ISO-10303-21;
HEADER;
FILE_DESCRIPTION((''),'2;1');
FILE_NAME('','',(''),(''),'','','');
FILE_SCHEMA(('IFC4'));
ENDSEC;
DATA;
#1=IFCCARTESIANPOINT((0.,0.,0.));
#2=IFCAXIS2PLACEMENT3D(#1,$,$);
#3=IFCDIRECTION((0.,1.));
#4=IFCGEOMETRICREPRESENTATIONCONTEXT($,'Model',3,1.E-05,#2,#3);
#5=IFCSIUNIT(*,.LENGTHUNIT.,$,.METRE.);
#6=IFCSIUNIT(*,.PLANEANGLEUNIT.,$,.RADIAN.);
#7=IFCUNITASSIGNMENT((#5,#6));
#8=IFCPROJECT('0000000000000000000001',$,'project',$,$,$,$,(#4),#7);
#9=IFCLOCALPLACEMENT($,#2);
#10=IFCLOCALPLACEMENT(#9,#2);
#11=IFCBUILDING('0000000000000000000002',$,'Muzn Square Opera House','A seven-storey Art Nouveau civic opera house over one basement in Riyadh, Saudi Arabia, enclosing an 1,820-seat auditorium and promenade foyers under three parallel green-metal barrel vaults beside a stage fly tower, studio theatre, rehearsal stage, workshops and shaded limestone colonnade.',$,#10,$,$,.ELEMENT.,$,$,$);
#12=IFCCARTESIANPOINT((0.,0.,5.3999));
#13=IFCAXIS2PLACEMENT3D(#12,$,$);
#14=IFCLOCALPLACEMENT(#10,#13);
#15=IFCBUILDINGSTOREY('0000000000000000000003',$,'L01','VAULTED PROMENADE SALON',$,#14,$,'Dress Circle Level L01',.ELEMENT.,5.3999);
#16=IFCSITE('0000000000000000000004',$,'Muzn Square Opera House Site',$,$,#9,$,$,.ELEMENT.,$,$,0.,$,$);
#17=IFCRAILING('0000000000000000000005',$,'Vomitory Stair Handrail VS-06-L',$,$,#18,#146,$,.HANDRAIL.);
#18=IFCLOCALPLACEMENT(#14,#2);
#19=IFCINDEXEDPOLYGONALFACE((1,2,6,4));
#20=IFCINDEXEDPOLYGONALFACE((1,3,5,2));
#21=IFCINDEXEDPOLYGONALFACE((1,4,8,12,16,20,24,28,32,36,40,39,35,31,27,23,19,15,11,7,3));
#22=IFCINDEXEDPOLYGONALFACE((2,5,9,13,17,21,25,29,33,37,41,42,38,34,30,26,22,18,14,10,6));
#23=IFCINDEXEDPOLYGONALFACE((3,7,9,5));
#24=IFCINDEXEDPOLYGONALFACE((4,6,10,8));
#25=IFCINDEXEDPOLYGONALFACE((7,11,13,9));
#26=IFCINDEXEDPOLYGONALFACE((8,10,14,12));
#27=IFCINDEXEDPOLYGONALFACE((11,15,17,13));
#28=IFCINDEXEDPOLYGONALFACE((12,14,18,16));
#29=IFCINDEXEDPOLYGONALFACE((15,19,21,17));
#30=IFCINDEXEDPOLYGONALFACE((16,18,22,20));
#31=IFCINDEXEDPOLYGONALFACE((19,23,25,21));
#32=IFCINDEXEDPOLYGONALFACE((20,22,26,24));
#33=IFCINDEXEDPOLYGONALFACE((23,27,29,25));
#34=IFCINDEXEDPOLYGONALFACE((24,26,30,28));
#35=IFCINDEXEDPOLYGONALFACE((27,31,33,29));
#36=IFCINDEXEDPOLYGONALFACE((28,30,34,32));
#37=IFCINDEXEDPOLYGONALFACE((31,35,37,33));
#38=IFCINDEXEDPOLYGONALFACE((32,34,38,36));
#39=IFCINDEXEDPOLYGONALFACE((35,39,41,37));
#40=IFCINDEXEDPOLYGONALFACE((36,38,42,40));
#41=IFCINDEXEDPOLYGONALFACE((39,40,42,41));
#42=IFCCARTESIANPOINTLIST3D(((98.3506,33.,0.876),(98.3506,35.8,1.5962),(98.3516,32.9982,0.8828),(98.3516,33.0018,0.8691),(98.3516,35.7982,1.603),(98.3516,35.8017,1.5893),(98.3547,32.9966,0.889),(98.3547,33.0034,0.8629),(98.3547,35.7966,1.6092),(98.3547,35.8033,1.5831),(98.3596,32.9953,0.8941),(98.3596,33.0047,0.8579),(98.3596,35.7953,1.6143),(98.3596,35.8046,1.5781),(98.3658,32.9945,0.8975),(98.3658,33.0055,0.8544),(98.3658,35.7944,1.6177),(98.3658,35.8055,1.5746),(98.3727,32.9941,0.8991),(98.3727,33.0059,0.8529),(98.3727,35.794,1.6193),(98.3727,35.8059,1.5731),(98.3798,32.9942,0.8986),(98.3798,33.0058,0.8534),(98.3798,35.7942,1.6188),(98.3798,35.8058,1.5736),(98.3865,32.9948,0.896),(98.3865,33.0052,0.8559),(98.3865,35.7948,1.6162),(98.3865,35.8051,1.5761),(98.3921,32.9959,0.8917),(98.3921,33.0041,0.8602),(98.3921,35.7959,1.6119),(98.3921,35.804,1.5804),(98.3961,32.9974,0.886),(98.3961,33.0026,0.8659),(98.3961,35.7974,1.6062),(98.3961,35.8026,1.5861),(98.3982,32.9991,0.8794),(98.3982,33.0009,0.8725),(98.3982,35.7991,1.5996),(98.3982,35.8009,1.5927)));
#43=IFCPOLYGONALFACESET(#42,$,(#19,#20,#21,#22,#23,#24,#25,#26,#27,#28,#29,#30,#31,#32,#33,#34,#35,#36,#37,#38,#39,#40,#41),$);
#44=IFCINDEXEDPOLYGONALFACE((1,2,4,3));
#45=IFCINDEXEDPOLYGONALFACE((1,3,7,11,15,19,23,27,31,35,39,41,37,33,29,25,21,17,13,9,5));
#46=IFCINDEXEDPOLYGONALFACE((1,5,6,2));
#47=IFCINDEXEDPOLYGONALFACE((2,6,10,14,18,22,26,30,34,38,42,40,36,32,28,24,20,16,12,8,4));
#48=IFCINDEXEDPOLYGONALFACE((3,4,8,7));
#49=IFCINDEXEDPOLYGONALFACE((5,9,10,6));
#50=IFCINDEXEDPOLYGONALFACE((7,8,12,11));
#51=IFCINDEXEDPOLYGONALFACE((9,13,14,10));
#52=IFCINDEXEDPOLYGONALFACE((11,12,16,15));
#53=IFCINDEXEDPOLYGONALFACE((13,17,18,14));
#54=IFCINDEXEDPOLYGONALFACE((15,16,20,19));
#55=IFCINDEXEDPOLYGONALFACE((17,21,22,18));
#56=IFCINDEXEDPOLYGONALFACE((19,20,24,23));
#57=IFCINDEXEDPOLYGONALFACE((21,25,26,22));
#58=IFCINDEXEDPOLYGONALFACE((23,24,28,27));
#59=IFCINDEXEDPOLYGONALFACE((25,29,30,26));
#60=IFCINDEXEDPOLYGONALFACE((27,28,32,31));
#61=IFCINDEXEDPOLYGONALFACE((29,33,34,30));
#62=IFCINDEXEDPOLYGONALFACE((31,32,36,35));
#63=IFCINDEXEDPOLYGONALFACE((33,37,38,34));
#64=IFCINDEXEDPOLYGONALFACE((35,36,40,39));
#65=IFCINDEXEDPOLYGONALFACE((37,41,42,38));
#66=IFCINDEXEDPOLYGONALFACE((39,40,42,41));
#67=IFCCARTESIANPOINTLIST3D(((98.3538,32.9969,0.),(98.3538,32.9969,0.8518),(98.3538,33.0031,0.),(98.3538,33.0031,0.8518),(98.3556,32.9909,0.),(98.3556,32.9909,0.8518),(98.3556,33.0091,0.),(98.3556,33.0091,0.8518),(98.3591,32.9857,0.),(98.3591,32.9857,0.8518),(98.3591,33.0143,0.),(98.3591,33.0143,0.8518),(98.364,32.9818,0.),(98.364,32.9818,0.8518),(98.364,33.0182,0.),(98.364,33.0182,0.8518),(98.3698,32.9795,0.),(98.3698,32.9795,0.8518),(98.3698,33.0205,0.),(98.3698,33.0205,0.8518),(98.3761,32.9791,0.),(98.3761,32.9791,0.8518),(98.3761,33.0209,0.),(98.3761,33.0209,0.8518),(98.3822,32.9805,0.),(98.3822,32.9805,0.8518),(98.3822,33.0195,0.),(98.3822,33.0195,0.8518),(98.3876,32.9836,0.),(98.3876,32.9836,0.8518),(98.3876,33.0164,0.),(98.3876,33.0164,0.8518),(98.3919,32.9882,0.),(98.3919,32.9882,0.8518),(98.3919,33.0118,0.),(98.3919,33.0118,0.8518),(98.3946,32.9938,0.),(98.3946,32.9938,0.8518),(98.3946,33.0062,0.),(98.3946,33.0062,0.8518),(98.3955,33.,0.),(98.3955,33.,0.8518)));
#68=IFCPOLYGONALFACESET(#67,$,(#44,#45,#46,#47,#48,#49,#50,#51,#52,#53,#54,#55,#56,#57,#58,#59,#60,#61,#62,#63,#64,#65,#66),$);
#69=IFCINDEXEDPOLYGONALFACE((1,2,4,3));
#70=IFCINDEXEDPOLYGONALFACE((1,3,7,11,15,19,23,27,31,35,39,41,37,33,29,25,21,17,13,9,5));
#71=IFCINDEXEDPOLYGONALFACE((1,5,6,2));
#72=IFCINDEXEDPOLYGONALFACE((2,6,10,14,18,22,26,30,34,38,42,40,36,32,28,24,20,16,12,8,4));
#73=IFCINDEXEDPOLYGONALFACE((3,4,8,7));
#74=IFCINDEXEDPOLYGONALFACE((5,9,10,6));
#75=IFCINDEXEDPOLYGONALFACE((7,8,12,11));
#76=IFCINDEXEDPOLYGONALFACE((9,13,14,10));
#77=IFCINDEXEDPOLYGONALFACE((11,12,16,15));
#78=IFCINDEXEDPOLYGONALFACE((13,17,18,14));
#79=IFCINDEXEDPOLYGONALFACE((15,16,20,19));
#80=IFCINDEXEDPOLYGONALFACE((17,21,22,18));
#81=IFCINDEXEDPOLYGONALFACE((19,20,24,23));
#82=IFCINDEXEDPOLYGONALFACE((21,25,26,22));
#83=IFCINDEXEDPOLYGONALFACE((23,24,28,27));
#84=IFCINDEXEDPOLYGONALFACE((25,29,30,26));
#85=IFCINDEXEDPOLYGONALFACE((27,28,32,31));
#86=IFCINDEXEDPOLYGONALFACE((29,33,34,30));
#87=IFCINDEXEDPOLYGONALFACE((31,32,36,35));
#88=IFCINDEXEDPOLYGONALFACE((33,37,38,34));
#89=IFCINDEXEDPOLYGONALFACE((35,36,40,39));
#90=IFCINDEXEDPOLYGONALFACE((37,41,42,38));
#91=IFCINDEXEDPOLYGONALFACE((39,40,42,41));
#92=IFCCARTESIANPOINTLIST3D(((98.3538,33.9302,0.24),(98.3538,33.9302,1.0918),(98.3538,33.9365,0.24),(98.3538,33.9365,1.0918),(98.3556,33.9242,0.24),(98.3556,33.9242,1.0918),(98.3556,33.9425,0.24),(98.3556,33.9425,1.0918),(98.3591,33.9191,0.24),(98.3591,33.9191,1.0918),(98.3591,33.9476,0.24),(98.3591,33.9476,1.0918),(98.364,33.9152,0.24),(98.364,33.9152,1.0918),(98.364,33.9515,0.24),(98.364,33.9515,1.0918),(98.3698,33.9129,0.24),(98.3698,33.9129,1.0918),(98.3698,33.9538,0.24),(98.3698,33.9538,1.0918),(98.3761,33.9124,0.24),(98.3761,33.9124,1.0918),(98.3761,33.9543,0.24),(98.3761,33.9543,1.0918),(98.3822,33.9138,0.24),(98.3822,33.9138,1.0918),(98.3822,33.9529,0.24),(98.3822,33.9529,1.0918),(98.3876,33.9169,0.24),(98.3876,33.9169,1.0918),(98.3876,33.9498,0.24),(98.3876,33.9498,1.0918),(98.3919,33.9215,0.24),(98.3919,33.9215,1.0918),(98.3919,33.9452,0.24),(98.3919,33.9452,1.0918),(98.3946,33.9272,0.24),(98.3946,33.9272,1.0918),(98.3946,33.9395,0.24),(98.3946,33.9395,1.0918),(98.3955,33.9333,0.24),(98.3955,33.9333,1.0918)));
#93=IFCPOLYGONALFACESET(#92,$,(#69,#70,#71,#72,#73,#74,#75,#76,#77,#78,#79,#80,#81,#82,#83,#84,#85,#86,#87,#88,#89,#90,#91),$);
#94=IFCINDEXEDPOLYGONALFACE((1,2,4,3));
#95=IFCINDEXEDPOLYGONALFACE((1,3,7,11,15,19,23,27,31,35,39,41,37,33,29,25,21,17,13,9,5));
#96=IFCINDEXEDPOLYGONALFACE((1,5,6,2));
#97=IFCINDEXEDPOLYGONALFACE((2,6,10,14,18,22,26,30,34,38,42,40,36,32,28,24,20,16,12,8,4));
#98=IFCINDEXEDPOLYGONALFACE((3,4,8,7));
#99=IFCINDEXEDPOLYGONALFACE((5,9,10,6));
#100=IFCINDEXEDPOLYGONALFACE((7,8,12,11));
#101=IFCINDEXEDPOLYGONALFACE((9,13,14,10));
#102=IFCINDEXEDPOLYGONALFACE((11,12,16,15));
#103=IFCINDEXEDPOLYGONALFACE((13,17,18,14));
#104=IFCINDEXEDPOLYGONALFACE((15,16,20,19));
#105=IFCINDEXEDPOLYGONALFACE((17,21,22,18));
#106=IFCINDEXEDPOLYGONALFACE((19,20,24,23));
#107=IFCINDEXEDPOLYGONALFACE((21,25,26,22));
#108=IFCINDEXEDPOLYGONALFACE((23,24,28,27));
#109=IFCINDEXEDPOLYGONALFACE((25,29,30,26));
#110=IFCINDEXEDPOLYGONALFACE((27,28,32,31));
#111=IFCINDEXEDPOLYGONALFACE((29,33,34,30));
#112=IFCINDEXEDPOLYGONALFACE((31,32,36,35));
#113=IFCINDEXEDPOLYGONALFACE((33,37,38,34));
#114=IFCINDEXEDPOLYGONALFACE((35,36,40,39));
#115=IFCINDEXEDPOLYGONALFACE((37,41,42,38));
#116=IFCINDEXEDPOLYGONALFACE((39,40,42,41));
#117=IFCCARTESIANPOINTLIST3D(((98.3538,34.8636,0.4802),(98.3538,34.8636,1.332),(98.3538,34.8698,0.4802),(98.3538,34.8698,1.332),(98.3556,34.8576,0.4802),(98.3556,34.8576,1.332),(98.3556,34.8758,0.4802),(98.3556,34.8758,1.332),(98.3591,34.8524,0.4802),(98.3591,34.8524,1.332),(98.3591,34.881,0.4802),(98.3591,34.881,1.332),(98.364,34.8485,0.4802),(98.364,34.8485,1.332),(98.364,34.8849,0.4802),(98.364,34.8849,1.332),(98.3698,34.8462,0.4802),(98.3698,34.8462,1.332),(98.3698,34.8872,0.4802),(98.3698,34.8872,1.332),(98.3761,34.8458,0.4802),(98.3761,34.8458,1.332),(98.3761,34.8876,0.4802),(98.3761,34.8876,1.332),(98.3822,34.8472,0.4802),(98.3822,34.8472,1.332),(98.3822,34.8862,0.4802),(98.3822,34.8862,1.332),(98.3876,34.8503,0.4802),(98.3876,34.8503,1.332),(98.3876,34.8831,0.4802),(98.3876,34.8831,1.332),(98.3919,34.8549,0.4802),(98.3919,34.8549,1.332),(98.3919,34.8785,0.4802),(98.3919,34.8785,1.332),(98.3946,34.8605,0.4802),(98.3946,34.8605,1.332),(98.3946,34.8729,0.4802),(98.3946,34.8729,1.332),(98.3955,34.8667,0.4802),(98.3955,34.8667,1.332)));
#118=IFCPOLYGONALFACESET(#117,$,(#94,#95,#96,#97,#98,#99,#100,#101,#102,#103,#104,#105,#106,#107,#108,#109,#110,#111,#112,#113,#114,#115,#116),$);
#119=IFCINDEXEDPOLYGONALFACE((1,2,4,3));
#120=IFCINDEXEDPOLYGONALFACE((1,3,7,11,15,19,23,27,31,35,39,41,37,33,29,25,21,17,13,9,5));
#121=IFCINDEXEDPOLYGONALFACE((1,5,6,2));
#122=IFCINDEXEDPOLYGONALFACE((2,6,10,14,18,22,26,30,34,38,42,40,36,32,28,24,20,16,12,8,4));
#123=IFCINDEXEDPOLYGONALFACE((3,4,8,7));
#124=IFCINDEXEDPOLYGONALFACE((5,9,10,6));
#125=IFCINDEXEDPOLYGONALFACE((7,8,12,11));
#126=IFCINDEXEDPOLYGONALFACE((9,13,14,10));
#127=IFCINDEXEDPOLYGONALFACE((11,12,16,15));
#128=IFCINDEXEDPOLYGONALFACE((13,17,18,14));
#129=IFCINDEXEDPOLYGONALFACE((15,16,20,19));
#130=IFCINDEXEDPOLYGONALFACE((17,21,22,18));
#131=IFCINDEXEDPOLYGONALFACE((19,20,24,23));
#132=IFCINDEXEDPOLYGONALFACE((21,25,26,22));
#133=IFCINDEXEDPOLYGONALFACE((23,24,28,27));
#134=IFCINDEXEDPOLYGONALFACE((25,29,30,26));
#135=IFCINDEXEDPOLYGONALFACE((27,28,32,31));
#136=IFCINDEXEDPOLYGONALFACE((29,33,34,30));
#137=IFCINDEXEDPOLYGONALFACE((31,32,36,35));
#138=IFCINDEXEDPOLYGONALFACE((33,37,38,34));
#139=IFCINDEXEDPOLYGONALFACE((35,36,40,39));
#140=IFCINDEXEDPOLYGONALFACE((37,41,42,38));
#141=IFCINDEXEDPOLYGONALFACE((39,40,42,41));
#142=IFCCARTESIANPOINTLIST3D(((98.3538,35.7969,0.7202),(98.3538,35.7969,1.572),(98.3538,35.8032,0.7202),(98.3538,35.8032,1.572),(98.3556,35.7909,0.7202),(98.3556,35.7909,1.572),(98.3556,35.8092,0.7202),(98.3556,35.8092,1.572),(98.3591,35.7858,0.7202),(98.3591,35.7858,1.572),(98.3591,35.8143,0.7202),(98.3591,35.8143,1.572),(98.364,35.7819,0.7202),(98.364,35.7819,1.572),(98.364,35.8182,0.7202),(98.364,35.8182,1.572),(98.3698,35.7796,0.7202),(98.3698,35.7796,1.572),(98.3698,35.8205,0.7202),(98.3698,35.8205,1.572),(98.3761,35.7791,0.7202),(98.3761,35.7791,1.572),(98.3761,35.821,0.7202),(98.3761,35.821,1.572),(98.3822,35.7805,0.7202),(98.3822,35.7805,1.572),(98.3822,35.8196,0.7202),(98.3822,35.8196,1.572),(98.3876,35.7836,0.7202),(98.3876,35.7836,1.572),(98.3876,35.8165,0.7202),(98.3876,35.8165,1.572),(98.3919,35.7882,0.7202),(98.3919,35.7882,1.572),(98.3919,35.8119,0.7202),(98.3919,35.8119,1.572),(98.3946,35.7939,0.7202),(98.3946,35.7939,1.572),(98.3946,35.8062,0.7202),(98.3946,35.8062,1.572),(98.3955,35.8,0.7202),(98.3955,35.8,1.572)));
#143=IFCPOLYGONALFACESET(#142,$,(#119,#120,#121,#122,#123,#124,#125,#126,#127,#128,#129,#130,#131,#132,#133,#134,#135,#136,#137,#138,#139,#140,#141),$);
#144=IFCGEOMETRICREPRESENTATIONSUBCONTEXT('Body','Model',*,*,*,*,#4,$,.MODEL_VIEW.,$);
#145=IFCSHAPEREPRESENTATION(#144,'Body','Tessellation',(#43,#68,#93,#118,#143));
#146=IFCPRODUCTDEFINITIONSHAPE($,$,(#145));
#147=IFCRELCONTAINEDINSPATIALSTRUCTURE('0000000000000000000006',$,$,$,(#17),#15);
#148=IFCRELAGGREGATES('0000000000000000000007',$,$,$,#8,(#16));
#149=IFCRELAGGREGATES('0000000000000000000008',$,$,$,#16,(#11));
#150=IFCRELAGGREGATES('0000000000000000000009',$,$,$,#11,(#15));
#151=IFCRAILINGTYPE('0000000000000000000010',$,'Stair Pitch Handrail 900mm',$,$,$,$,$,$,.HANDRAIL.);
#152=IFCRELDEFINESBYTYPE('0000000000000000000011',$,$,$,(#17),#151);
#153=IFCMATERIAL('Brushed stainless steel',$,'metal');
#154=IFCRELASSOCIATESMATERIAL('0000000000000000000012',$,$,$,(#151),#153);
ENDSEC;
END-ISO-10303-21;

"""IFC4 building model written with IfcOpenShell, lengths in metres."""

from ifc_helpers import new_model, si_unit, direction, frame, origin, origin_2d, place, context, subcontext, project, spatial, circle, extrude, material, type_object, element, save


model = new_model("IFC4")

# Units and contexts
model_context = context("Model", 3, precision=1e-05, world=origin(), true_north=direction((0.0, 1.0)))
body_context = subcontext(model_context, "Body", "Model", "MODEL_VIEW")
ifc_project = project(units=[si_unit("LENGTHUNIT", "METRE"), si_unit("PLANEANGLEUNIT", "RADIAN")], contexts=[model_context])

# Site, building, storey
site_placement = place(None, origin())
site = spatial("IfcSite", under=ifc_project, at=site_placement, Name="Muzn Square Opera House Site", CompositionType="ELEMENT", RefElevation=0.0)
building_placement = place(site_placement, origin())
building = spatial("IfcBuilding", under=site, at=building_placement, Name="Muzn Square Opera House", Description="A seven-storey Art Nouveau civic opera house over one basement in Riyadh, Saudi Arabia, enclosing an 1,820-seat auditorium and promenade foyers under three parallel green-metal barrel vaults beside a stage fly tower, studio theatre, rehearsal stage, workshops and shaded limestone colonnade.", CompositionType="ELEMENT")
storey_placement = place(building_placement, frame((0.0, 0.0, 5.3999)))
storey = spatial("IfcBuildingStorey", under=building, at=storey_placement, Name="L01", Description="VAULTED PROMENADE SALON", LongName="Dress Circle Level L01", CompositionType="ELEMENT", Elevation=5.3999)

# Railing
ifc_material_1 = material(Name="Brushed stainless steel", Category="metal")
railing_type_1 = type_object("IfcRailingType", Name="Stair Pitch Handrail 900mm", PredefinedType="HANDRAIL", material=ifc_material_1)
for number, where, name in (
    (1, (98.3745, 33.0, 0.0), "Vomitory Stair Handrail VS-06-L"),
):
    element("IfcRailing", number, at=place(storey_placement, frame(where)), inside=storey, type_object=railing_type_1, Name=name, PredefinedType="HANDRAIL", context=body_context, shape_type="SweptSolid", body=[
        extrude(circle(Radius=0.0239, at=origin_2d()), frame((0.0, 0.0, 0.876), z_axis=(0.0, 0.968476, 0.249107), x_axis=(-1.0, 0.0, 0.0)), (0.0, 0.0, 1.0), 2.8911),
        extrude(circle(Radius=0.021, at=origin_2d()), origin(), (0.0, 0.0, 1.0), 0.8518),
        extrude(circle(Radius=0.021, at=origin_2d()), frame((0.0, 0.9333, 0.24)), (0.0, 0.0, 1.0), 0.8518),
        extrude(circle(Radius=0.021, at=origin_2d()), frame((0.0, 1.8667, 0.4802)), (0.0, 0.0, 1.0), 0.8518),
        extrude(circle(Radius=0.021, at=origin_2d()), frame((0.0, 2.8, 0.7202)), (0.0, 0.0, 1.0), 0.8518),
    ])

save(model, "model.ifc")
